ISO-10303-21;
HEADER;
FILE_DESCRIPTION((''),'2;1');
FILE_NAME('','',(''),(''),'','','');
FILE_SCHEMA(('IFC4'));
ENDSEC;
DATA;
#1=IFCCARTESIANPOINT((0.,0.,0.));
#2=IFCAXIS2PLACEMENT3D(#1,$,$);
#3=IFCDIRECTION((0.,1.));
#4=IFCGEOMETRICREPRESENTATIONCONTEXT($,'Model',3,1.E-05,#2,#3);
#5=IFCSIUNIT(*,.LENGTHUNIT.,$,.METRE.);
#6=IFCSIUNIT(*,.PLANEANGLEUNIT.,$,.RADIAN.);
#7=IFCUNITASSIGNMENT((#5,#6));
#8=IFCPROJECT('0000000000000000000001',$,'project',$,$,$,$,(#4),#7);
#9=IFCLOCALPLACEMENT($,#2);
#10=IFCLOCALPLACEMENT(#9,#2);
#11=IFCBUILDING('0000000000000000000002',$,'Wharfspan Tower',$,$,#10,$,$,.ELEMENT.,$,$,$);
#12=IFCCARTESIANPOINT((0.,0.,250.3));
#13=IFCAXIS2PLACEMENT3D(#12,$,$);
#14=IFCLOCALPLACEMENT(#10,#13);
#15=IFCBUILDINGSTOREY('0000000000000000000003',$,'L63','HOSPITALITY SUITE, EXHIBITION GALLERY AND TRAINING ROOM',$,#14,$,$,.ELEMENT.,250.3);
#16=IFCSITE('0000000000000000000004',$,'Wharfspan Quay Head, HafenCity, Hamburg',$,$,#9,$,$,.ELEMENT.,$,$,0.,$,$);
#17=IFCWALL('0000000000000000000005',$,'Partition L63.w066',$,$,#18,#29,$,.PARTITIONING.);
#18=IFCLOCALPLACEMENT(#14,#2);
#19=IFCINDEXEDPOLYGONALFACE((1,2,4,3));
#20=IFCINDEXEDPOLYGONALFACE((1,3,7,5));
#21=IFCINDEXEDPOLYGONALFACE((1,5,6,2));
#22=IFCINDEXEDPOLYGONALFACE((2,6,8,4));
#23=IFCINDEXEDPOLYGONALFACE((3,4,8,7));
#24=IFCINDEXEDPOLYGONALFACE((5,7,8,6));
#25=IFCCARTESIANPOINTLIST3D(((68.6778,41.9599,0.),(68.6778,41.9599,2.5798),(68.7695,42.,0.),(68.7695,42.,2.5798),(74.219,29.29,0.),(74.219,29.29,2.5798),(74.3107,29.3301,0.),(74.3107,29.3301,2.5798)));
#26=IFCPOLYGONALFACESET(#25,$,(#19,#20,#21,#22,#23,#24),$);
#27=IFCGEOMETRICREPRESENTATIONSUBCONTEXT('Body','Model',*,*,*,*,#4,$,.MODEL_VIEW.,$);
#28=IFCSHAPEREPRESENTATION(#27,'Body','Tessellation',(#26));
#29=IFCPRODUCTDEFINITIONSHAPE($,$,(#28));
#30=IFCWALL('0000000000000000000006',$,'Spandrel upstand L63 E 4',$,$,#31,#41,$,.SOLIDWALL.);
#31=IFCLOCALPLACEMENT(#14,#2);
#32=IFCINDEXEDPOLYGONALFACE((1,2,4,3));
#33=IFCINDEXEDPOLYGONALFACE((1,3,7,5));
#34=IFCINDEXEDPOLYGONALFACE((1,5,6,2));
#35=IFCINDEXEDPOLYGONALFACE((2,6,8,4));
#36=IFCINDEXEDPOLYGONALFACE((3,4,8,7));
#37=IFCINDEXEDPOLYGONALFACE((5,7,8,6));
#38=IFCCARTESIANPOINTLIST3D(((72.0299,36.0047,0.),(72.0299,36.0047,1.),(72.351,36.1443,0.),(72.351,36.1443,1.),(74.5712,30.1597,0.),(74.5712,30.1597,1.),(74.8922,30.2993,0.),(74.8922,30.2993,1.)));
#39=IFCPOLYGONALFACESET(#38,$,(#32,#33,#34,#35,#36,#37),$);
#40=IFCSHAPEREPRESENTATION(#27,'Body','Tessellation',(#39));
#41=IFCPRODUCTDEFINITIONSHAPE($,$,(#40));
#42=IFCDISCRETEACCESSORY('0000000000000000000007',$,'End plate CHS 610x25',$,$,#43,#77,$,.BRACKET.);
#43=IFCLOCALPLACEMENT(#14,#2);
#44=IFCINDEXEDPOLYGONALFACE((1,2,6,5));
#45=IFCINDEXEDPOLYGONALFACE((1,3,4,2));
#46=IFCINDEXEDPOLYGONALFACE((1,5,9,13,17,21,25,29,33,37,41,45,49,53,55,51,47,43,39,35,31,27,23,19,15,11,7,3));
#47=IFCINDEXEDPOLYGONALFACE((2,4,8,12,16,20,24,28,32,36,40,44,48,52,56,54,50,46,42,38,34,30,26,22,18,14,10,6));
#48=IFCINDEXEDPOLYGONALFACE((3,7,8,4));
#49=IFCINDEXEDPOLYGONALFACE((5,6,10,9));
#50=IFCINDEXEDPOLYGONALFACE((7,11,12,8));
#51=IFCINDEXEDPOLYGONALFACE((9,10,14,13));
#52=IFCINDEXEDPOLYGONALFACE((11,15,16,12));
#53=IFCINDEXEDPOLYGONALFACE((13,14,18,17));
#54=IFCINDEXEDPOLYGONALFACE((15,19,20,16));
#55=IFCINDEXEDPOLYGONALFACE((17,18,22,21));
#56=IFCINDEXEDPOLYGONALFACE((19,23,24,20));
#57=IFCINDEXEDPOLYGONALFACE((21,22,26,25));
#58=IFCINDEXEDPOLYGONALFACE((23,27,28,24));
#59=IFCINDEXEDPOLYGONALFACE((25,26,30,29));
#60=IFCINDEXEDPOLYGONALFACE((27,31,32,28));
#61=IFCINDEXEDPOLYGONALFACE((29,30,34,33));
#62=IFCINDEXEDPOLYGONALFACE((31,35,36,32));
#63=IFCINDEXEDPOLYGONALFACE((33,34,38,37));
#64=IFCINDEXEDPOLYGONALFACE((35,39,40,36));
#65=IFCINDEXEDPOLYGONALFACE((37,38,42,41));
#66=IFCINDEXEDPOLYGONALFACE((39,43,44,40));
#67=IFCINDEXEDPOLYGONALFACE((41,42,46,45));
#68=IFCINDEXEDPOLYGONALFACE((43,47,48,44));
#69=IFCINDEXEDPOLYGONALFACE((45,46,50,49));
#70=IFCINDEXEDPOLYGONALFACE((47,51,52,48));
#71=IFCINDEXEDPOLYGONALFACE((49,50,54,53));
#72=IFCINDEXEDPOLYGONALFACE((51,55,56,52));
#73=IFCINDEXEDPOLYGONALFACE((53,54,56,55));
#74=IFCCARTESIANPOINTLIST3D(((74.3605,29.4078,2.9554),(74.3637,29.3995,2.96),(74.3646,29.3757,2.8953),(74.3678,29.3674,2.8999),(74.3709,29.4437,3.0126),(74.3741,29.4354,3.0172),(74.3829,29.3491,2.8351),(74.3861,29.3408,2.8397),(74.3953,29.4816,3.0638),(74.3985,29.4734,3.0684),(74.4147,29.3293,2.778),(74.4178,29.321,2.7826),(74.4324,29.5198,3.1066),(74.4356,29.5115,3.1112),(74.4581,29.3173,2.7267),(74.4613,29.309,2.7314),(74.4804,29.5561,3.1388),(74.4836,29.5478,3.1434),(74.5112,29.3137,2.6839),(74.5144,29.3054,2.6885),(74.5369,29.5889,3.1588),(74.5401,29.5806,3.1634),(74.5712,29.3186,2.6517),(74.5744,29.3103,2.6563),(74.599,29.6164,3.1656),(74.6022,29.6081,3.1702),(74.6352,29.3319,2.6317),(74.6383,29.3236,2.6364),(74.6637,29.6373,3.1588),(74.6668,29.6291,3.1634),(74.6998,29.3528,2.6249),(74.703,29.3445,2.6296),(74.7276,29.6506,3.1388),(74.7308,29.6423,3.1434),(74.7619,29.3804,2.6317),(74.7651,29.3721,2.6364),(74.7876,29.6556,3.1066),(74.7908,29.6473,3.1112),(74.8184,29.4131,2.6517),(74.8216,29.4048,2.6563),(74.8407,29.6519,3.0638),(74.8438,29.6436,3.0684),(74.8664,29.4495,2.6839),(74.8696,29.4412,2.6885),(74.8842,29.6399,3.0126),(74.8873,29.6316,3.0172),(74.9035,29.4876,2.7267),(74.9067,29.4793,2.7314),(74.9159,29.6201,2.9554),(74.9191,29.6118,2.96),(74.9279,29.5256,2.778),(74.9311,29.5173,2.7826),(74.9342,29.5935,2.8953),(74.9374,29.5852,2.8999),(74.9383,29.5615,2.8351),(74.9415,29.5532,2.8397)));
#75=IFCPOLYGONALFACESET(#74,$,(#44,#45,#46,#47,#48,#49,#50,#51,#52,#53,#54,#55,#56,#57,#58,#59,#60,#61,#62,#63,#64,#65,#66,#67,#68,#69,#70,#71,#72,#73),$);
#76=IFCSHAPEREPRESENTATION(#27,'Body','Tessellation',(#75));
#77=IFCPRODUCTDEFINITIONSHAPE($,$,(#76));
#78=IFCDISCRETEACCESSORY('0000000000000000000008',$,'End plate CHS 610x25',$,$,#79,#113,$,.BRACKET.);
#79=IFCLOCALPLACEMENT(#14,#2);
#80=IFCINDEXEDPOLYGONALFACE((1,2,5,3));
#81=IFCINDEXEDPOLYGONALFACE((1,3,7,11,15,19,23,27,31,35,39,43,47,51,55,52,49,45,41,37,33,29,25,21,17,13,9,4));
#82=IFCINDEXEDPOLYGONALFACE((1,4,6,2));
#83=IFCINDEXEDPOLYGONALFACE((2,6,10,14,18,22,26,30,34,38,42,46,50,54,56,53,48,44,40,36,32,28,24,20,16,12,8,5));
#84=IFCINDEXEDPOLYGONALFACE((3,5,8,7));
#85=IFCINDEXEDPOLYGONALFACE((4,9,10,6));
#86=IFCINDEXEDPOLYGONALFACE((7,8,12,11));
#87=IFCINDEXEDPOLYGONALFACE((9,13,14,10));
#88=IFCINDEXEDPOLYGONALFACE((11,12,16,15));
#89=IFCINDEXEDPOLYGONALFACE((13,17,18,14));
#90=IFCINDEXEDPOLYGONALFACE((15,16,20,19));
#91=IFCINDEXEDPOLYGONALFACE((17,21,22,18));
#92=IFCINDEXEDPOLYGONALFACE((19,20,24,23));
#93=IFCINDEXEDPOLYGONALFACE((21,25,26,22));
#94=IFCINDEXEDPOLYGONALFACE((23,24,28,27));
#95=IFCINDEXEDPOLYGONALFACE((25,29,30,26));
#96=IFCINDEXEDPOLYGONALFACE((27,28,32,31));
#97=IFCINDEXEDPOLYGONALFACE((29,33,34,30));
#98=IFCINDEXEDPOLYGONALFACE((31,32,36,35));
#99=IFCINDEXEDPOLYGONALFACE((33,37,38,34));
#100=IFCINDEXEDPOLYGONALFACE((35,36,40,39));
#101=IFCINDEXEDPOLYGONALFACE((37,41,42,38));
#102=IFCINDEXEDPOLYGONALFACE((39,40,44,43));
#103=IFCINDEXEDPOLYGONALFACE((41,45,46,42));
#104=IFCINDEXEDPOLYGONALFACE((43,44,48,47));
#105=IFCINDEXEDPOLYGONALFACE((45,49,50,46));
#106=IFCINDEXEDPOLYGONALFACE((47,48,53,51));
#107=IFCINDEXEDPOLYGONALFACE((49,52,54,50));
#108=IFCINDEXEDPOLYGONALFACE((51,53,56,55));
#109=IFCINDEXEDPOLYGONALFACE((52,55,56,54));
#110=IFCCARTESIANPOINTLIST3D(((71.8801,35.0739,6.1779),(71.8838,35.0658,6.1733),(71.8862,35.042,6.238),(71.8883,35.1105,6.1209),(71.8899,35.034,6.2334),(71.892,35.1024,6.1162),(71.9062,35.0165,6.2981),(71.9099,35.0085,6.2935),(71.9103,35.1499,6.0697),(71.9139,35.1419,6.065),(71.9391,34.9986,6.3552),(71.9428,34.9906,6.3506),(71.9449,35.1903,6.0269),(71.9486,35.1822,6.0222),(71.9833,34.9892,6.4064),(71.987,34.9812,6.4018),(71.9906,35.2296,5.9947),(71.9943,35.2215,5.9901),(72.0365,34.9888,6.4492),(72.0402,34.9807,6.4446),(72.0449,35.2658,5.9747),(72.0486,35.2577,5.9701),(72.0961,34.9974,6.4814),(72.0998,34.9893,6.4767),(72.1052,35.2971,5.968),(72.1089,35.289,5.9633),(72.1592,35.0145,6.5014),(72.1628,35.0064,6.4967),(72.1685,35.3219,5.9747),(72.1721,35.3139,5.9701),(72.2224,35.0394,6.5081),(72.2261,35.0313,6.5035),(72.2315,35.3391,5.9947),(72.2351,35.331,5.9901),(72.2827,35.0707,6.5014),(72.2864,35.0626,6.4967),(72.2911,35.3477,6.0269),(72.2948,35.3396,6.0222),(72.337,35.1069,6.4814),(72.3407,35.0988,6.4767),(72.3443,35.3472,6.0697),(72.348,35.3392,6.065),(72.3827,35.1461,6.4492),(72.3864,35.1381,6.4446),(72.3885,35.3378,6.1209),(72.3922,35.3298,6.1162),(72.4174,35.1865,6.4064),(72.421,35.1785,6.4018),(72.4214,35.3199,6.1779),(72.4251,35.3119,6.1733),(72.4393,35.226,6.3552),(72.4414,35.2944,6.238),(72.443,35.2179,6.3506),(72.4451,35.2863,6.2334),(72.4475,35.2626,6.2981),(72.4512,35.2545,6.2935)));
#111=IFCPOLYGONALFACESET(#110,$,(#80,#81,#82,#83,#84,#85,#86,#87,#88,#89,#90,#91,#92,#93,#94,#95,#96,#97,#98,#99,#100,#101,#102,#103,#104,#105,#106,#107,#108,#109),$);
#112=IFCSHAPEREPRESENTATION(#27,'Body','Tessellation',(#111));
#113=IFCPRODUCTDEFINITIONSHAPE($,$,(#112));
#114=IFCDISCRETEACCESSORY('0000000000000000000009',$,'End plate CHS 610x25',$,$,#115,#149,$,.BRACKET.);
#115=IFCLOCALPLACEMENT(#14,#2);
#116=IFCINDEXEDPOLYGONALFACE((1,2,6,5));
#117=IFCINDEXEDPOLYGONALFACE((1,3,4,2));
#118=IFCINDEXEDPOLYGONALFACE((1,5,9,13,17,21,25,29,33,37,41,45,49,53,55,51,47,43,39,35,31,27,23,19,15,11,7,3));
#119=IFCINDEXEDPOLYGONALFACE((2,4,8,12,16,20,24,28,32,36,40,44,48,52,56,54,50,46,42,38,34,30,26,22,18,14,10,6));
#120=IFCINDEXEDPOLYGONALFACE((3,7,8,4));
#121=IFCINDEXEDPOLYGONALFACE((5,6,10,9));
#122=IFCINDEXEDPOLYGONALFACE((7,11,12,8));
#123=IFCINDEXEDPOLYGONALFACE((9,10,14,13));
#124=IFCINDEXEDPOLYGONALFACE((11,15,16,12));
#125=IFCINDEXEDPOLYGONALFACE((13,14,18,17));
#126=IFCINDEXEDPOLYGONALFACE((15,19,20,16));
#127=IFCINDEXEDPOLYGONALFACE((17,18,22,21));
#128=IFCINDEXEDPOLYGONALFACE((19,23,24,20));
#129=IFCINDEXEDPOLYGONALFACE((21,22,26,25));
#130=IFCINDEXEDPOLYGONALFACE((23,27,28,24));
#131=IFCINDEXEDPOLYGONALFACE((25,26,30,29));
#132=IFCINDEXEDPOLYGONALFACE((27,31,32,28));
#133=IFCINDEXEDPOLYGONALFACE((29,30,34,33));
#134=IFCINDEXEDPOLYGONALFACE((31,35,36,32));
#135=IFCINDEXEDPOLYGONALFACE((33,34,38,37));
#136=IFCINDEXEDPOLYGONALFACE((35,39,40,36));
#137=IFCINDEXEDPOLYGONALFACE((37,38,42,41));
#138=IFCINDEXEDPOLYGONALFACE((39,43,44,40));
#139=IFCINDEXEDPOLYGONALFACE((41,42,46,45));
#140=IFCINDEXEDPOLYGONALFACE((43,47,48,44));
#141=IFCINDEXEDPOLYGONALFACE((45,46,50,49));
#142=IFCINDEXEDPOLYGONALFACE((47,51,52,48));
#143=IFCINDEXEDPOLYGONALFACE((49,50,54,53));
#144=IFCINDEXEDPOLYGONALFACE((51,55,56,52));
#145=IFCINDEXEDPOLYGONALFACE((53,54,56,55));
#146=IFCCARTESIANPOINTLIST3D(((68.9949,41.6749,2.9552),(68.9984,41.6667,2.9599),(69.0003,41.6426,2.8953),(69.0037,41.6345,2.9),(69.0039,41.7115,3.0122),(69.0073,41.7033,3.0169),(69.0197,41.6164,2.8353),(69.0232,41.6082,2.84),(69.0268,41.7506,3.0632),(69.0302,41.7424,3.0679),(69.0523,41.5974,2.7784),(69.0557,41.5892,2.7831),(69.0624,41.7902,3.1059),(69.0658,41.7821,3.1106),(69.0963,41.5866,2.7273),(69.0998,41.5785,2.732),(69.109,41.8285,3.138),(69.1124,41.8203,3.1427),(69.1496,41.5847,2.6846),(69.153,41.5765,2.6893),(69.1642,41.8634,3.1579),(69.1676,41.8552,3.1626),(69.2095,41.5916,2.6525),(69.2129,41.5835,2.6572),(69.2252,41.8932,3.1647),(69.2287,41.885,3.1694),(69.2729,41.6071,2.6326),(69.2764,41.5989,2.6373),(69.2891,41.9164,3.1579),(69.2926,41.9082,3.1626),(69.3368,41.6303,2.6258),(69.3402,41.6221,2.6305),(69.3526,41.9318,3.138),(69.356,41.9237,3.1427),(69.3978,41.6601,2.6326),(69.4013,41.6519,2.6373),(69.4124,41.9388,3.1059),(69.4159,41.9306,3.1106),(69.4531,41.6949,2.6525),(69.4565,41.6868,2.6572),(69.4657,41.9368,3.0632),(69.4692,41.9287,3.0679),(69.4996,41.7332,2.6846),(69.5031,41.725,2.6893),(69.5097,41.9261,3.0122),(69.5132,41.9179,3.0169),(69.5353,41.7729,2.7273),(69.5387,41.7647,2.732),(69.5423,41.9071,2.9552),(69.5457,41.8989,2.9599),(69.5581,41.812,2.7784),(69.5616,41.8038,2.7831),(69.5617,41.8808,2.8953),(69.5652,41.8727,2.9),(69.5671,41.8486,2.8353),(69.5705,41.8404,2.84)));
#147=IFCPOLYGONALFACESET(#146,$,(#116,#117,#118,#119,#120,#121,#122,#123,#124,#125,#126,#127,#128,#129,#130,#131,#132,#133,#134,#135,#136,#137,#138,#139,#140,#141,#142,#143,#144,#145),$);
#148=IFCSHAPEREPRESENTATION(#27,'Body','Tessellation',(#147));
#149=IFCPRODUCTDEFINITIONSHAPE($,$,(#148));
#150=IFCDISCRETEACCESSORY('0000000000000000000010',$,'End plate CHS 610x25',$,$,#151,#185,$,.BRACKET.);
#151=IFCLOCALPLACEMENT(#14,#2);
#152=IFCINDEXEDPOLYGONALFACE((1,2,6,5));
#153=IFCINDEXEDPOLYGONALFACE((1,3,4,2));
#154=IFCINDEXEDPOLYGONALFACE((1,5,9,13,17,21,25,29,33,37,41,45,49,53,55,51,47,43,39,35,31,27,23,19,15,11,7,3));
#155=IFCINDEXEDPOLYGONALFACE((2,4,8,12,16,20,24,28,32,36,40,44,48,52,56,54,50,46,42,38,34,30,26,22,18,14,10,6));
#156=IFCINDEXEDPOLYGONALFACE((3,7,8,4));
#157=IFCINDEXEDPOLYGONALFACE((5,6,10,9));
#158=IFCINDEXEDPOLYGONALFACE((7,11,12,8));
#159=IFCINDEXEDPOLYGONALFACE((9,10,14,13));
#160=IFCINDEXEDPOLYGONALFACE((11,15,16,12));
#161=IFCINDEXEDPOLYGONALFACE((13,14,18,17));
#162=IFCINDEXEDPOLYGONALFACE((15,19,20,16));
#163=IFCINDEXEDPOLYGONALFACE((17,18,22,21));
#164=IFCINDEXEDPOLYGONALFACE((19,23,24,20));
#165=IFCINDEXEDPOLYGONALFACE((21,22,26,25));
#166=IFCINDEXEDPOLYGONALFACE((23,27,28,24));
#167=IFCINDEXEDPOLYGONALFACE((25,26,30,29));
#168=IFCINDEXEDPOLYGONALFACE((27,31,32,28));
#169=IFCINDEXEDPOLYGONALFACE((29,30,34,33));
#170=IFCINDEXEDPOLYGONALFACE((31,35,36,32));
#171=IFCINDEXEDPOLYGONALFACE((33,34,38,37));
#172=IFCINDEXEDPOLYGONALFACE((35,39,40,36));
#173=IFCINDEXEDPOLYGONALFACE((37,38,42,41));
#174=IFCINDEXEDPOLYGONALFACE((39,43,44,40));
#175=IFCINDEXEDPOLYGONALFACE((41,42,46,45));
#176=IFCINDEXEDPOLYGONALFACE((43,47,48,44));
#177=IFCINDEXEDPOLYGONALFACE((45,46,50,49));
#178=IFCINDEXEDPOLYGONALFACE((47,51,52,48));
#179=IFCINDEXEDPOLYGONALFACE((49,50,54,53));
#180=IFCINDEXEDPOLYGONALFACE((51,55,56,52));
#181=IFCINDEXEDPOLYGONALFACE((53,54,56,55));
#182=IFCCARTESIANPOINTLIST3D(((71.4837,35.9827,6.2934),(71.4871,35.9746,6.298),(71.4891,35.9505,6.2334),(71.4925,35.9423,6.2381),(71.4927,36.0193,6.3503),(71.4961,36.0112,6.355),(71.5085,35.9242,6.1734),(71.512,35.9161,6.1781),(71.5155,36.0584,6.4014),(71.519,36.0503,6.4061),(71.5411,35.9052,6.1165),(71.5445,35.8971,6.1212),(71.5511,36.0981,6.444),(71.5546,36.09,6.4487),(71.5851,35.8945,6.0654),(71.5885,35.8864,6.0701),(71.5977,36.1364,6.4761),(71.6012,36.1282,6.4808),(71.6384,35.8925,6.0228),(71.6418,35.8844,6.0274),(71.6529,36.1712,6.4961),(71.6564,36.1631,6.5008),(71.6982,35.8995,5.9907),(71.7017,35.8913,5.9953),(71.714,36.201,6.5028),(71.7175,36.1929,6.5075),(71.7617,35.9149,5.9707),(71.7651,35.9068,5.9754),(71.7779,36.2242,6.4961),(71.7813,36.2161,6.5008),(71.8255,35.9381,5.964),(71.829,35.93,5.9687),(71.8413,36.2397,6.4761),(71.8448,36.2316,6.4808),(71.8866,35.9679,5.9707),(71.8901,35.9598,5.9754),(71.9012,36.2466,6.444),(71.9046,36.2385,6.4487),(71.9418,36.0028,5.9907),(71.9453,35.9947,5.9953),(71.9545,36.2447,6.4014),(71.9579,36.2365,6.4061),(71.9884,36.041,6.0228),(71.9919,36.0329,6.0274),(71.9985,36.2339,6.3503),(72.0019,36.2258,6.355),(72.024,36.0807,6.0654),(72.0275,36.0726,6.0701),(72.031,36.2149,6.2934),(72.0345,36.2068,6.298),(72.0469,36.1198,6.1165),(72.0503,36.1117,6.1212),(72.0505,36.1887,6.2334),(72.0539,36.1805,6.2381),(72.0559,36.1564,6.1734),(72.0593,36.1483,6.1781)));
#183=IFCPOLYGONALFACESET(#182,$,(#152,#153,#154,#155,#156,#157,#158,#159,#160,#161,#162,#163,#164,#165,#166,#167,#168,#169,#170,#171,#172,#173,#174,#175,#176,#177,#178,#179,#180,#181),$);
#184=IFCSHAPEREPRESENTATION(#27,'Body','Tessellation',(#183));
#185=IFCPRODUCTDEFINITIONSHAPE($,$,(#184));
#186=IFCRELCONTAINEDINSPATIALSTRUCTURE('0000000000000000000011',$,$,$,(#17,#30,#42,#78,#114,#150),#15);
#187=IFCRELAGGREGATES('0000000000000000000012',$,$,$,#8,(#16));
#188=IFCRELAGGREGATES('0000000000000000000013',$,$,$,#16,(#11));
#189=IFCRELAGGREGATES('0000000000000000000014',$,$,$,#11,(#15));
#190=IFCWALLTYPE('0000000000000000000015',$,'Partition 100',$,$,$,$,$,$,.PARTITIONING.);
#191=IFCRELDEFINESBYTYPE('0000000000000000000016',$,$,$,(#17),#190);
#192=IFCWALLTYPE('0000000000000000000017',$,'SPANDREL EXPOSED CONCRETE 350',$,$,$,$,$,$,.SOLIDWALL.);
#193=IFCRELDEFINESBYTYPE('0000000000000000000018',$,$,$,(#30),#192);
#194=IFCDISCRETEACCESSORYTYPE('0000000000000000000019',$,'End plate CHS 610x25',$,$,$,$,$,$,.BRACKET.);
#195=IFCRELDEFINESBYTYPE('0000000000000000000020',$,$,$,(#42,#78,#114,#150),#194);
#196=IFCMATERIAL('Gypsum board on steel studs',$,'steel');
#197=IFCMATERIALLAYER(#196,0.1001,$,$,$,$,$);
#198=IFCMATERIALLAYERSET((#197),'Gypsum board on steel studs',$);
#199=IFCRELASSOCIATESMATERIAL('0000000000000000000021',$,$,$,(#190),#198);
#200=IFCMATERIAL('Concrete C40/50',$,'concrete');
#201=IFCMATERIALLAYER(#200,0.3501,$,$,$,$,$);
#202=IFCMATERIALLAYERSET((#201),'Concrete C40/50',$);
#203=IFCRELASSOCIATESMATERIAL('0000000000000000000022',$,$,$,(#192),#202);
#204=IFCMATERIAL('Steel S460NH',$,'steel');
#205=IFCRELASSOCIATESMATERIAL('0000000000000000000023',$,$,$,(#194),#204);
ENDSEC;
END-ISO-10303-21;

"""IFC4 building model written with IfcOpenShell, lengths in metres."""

from ifc_helpers import new_model, si_unit, direction, frame, frame_2d, origin, origin_2d, place, context, subcontext, project, spatial, rectangle, circle, extrude, material, layer, layer_set, material_profile, profile_set, type_object, element, save


model = new_model("IFC4")

# Units and contexts
model_context = context("Model", 3, precision=1e-05, world=origin(), true_north=direction((0.0, 1.0)))
body_context = subcontext(model_context, "Body", "Model", "MODEL_VIEW")
ifc_project = project(units=[si_unit("LENGTHUNIT", "METRE"), si_unit("PLANEANGLEUNIT", "RADIAN")], contexts=[model_context])

# Site, building, storey
site_placement = place(None, origin())
site = spatial("IfcSite", under=ifc_project, at=site_placement, Name="Wharfspan Quay Head, HafenCity, Hamburg", CompositionType="ELEMENT", RefElevation=0.0)
building_placement = place(site_placement, origin())
building = spatial("IfcBuilding", under=site, at=building_placement, Name="Wharfspan Tower", CompositionType="ELEMENT")
storey_placement = place(building_placement, frame((0.0, 0.0, 250.3)))
storey = spatial("IfcBuildingStorey", under=building, at=storey_placement, Name="L63", Description="HOSPITALITY SUITE, EXHIBITION GALLERY AND TRAINING ROOM", CompositionType="ELEMENT", Elevation=250.3)

# Shared definitions
ifc_material_1 = material(Name="Steel S460NH", Category="steel")

# Shared definitions
ifc_material_2 = material(Name="Gypsum board on steel studs", Category="steel")

# Walls
ifc_layer_1 = layer(ifc_material_2, 0.1001)
ifc_layer_set_1 = layer_set([ifc_layer_1], Name="Gypsum board on steel studs")
wall_type_1 = type_object("IfcWallType", Name="Partition 100", PredefinedType="PARTITIONING", material=ifc_layer_set_1)
wall_1_placement = place(storey_placement, frame((74.2649, 29.3101, 0.0), z_axis=(0.0, 0.0, 1.0), x_axis=(-0.400709, 0.916209, 0.0)))
element("IfcWall", 1, at=wall_1_placement, inside=storey, type_object=wall_type_1, Name="Partition L63.w066", PredefinedType="PARTITIONING", context=body_context, shape_type="SweptSolid", body=[
    extrude(rectangle(XDim=13.8286, YDim=0.1001, at=frame_2d((6.9143, 0.0))), origin(), (0.0, 0.0, 1.0), 2.5798),
])
ifc_material_3 = material(Name="Concrete C40/50", Category="concrete")
ifc_layer_2 = layer(ifc_material_3, 0.3501)
ifc_layer_set_2 = layer_set([ifc_layer_2], Name="Concrete C40/50")
wall_type_2 = type_object("IfcWallType", Name="SPANDREL EXPOSED CONCRETE 350", PredefinedType="SOLIDWALL", material=ifc_layer_set_2)
wall_2_placement = place(storey_placement, frame((74.7317, 30.2295, 0.0), z_axis=(0.0, 0.0, 1.0), x_axis=(-0.398722, 0.917072, 0.0)))
element("IfcWall", 2, at=wall_2_placement, inside=storey, type_object=wall_type_2, Name="Spandrel upstand L63 E 4", PredefinedType="SOLIDWALL", context=body_context, shape_type="SweptSolid", body=[
    extrude(rectangle(XDim=6.3735, YDim=0.3501, at=frame_2d((3.1868, 0.0))), origin(), (0.0, 0.0, 1.0), 1.0),
])

# Discrete accessories
ifc_material_profile_1 = material_profile(ifc_material_1, circle(Radius=0.3049, at=origin_2d()))
ifc_profile_set_1 = profile_set([ifc_material_profile_1], Name="Steel S460NH")
discrete_accessory_type = type_object("IfcDiscreteAccessoryType", Name="End plate CHS 610x25", PredefinedType="BRACKET", material=ifc_profile_set_1)
for number, where, z_axis, x_axis, name in (
    (3, (74.6494, 29.4846, 2.8953), (0.316603, -0.828038, 0.462727), (0.934054, 0.357138, -0.000001), "End plate CHS 610x25"),
    (4, (72.1675, 35.1602, 6.2334), (-0.366508, 0.806318, 0.464244), (-0.910368, -0.413804, 0.000001), "End plate CHS 610x25"),
    (5, (69.281, 41.7617, 2.8953), (0.345075, -0.81339, 0.468316), (0.920586, 0.390551, -0.000002), "End plate CHS 610x25"),
    (6, (71.7698, 36.0696, 6.2334), (0.345075, -0.81339, 0.468316), (0.920586, 0.390551, -0.000002), "End plate CHS 610x25"),
):
    element("IfcDiscreteAccessory", number, at=place(storey_placement, frame(where, z_axis=z_axis, x_axis=x_axis)), inside=storey, type_object=discrete_accessory_type, Name=name, PredefinedType="BRACKET", context=body_context, shape_type="SweptSolid", body=[
        extrude(circle(Radius=0.3049, at=origin_2d()), origin(), (0.0, 0.0, 1.0), 0.01),
    ])

save(model, "model.ifc")
